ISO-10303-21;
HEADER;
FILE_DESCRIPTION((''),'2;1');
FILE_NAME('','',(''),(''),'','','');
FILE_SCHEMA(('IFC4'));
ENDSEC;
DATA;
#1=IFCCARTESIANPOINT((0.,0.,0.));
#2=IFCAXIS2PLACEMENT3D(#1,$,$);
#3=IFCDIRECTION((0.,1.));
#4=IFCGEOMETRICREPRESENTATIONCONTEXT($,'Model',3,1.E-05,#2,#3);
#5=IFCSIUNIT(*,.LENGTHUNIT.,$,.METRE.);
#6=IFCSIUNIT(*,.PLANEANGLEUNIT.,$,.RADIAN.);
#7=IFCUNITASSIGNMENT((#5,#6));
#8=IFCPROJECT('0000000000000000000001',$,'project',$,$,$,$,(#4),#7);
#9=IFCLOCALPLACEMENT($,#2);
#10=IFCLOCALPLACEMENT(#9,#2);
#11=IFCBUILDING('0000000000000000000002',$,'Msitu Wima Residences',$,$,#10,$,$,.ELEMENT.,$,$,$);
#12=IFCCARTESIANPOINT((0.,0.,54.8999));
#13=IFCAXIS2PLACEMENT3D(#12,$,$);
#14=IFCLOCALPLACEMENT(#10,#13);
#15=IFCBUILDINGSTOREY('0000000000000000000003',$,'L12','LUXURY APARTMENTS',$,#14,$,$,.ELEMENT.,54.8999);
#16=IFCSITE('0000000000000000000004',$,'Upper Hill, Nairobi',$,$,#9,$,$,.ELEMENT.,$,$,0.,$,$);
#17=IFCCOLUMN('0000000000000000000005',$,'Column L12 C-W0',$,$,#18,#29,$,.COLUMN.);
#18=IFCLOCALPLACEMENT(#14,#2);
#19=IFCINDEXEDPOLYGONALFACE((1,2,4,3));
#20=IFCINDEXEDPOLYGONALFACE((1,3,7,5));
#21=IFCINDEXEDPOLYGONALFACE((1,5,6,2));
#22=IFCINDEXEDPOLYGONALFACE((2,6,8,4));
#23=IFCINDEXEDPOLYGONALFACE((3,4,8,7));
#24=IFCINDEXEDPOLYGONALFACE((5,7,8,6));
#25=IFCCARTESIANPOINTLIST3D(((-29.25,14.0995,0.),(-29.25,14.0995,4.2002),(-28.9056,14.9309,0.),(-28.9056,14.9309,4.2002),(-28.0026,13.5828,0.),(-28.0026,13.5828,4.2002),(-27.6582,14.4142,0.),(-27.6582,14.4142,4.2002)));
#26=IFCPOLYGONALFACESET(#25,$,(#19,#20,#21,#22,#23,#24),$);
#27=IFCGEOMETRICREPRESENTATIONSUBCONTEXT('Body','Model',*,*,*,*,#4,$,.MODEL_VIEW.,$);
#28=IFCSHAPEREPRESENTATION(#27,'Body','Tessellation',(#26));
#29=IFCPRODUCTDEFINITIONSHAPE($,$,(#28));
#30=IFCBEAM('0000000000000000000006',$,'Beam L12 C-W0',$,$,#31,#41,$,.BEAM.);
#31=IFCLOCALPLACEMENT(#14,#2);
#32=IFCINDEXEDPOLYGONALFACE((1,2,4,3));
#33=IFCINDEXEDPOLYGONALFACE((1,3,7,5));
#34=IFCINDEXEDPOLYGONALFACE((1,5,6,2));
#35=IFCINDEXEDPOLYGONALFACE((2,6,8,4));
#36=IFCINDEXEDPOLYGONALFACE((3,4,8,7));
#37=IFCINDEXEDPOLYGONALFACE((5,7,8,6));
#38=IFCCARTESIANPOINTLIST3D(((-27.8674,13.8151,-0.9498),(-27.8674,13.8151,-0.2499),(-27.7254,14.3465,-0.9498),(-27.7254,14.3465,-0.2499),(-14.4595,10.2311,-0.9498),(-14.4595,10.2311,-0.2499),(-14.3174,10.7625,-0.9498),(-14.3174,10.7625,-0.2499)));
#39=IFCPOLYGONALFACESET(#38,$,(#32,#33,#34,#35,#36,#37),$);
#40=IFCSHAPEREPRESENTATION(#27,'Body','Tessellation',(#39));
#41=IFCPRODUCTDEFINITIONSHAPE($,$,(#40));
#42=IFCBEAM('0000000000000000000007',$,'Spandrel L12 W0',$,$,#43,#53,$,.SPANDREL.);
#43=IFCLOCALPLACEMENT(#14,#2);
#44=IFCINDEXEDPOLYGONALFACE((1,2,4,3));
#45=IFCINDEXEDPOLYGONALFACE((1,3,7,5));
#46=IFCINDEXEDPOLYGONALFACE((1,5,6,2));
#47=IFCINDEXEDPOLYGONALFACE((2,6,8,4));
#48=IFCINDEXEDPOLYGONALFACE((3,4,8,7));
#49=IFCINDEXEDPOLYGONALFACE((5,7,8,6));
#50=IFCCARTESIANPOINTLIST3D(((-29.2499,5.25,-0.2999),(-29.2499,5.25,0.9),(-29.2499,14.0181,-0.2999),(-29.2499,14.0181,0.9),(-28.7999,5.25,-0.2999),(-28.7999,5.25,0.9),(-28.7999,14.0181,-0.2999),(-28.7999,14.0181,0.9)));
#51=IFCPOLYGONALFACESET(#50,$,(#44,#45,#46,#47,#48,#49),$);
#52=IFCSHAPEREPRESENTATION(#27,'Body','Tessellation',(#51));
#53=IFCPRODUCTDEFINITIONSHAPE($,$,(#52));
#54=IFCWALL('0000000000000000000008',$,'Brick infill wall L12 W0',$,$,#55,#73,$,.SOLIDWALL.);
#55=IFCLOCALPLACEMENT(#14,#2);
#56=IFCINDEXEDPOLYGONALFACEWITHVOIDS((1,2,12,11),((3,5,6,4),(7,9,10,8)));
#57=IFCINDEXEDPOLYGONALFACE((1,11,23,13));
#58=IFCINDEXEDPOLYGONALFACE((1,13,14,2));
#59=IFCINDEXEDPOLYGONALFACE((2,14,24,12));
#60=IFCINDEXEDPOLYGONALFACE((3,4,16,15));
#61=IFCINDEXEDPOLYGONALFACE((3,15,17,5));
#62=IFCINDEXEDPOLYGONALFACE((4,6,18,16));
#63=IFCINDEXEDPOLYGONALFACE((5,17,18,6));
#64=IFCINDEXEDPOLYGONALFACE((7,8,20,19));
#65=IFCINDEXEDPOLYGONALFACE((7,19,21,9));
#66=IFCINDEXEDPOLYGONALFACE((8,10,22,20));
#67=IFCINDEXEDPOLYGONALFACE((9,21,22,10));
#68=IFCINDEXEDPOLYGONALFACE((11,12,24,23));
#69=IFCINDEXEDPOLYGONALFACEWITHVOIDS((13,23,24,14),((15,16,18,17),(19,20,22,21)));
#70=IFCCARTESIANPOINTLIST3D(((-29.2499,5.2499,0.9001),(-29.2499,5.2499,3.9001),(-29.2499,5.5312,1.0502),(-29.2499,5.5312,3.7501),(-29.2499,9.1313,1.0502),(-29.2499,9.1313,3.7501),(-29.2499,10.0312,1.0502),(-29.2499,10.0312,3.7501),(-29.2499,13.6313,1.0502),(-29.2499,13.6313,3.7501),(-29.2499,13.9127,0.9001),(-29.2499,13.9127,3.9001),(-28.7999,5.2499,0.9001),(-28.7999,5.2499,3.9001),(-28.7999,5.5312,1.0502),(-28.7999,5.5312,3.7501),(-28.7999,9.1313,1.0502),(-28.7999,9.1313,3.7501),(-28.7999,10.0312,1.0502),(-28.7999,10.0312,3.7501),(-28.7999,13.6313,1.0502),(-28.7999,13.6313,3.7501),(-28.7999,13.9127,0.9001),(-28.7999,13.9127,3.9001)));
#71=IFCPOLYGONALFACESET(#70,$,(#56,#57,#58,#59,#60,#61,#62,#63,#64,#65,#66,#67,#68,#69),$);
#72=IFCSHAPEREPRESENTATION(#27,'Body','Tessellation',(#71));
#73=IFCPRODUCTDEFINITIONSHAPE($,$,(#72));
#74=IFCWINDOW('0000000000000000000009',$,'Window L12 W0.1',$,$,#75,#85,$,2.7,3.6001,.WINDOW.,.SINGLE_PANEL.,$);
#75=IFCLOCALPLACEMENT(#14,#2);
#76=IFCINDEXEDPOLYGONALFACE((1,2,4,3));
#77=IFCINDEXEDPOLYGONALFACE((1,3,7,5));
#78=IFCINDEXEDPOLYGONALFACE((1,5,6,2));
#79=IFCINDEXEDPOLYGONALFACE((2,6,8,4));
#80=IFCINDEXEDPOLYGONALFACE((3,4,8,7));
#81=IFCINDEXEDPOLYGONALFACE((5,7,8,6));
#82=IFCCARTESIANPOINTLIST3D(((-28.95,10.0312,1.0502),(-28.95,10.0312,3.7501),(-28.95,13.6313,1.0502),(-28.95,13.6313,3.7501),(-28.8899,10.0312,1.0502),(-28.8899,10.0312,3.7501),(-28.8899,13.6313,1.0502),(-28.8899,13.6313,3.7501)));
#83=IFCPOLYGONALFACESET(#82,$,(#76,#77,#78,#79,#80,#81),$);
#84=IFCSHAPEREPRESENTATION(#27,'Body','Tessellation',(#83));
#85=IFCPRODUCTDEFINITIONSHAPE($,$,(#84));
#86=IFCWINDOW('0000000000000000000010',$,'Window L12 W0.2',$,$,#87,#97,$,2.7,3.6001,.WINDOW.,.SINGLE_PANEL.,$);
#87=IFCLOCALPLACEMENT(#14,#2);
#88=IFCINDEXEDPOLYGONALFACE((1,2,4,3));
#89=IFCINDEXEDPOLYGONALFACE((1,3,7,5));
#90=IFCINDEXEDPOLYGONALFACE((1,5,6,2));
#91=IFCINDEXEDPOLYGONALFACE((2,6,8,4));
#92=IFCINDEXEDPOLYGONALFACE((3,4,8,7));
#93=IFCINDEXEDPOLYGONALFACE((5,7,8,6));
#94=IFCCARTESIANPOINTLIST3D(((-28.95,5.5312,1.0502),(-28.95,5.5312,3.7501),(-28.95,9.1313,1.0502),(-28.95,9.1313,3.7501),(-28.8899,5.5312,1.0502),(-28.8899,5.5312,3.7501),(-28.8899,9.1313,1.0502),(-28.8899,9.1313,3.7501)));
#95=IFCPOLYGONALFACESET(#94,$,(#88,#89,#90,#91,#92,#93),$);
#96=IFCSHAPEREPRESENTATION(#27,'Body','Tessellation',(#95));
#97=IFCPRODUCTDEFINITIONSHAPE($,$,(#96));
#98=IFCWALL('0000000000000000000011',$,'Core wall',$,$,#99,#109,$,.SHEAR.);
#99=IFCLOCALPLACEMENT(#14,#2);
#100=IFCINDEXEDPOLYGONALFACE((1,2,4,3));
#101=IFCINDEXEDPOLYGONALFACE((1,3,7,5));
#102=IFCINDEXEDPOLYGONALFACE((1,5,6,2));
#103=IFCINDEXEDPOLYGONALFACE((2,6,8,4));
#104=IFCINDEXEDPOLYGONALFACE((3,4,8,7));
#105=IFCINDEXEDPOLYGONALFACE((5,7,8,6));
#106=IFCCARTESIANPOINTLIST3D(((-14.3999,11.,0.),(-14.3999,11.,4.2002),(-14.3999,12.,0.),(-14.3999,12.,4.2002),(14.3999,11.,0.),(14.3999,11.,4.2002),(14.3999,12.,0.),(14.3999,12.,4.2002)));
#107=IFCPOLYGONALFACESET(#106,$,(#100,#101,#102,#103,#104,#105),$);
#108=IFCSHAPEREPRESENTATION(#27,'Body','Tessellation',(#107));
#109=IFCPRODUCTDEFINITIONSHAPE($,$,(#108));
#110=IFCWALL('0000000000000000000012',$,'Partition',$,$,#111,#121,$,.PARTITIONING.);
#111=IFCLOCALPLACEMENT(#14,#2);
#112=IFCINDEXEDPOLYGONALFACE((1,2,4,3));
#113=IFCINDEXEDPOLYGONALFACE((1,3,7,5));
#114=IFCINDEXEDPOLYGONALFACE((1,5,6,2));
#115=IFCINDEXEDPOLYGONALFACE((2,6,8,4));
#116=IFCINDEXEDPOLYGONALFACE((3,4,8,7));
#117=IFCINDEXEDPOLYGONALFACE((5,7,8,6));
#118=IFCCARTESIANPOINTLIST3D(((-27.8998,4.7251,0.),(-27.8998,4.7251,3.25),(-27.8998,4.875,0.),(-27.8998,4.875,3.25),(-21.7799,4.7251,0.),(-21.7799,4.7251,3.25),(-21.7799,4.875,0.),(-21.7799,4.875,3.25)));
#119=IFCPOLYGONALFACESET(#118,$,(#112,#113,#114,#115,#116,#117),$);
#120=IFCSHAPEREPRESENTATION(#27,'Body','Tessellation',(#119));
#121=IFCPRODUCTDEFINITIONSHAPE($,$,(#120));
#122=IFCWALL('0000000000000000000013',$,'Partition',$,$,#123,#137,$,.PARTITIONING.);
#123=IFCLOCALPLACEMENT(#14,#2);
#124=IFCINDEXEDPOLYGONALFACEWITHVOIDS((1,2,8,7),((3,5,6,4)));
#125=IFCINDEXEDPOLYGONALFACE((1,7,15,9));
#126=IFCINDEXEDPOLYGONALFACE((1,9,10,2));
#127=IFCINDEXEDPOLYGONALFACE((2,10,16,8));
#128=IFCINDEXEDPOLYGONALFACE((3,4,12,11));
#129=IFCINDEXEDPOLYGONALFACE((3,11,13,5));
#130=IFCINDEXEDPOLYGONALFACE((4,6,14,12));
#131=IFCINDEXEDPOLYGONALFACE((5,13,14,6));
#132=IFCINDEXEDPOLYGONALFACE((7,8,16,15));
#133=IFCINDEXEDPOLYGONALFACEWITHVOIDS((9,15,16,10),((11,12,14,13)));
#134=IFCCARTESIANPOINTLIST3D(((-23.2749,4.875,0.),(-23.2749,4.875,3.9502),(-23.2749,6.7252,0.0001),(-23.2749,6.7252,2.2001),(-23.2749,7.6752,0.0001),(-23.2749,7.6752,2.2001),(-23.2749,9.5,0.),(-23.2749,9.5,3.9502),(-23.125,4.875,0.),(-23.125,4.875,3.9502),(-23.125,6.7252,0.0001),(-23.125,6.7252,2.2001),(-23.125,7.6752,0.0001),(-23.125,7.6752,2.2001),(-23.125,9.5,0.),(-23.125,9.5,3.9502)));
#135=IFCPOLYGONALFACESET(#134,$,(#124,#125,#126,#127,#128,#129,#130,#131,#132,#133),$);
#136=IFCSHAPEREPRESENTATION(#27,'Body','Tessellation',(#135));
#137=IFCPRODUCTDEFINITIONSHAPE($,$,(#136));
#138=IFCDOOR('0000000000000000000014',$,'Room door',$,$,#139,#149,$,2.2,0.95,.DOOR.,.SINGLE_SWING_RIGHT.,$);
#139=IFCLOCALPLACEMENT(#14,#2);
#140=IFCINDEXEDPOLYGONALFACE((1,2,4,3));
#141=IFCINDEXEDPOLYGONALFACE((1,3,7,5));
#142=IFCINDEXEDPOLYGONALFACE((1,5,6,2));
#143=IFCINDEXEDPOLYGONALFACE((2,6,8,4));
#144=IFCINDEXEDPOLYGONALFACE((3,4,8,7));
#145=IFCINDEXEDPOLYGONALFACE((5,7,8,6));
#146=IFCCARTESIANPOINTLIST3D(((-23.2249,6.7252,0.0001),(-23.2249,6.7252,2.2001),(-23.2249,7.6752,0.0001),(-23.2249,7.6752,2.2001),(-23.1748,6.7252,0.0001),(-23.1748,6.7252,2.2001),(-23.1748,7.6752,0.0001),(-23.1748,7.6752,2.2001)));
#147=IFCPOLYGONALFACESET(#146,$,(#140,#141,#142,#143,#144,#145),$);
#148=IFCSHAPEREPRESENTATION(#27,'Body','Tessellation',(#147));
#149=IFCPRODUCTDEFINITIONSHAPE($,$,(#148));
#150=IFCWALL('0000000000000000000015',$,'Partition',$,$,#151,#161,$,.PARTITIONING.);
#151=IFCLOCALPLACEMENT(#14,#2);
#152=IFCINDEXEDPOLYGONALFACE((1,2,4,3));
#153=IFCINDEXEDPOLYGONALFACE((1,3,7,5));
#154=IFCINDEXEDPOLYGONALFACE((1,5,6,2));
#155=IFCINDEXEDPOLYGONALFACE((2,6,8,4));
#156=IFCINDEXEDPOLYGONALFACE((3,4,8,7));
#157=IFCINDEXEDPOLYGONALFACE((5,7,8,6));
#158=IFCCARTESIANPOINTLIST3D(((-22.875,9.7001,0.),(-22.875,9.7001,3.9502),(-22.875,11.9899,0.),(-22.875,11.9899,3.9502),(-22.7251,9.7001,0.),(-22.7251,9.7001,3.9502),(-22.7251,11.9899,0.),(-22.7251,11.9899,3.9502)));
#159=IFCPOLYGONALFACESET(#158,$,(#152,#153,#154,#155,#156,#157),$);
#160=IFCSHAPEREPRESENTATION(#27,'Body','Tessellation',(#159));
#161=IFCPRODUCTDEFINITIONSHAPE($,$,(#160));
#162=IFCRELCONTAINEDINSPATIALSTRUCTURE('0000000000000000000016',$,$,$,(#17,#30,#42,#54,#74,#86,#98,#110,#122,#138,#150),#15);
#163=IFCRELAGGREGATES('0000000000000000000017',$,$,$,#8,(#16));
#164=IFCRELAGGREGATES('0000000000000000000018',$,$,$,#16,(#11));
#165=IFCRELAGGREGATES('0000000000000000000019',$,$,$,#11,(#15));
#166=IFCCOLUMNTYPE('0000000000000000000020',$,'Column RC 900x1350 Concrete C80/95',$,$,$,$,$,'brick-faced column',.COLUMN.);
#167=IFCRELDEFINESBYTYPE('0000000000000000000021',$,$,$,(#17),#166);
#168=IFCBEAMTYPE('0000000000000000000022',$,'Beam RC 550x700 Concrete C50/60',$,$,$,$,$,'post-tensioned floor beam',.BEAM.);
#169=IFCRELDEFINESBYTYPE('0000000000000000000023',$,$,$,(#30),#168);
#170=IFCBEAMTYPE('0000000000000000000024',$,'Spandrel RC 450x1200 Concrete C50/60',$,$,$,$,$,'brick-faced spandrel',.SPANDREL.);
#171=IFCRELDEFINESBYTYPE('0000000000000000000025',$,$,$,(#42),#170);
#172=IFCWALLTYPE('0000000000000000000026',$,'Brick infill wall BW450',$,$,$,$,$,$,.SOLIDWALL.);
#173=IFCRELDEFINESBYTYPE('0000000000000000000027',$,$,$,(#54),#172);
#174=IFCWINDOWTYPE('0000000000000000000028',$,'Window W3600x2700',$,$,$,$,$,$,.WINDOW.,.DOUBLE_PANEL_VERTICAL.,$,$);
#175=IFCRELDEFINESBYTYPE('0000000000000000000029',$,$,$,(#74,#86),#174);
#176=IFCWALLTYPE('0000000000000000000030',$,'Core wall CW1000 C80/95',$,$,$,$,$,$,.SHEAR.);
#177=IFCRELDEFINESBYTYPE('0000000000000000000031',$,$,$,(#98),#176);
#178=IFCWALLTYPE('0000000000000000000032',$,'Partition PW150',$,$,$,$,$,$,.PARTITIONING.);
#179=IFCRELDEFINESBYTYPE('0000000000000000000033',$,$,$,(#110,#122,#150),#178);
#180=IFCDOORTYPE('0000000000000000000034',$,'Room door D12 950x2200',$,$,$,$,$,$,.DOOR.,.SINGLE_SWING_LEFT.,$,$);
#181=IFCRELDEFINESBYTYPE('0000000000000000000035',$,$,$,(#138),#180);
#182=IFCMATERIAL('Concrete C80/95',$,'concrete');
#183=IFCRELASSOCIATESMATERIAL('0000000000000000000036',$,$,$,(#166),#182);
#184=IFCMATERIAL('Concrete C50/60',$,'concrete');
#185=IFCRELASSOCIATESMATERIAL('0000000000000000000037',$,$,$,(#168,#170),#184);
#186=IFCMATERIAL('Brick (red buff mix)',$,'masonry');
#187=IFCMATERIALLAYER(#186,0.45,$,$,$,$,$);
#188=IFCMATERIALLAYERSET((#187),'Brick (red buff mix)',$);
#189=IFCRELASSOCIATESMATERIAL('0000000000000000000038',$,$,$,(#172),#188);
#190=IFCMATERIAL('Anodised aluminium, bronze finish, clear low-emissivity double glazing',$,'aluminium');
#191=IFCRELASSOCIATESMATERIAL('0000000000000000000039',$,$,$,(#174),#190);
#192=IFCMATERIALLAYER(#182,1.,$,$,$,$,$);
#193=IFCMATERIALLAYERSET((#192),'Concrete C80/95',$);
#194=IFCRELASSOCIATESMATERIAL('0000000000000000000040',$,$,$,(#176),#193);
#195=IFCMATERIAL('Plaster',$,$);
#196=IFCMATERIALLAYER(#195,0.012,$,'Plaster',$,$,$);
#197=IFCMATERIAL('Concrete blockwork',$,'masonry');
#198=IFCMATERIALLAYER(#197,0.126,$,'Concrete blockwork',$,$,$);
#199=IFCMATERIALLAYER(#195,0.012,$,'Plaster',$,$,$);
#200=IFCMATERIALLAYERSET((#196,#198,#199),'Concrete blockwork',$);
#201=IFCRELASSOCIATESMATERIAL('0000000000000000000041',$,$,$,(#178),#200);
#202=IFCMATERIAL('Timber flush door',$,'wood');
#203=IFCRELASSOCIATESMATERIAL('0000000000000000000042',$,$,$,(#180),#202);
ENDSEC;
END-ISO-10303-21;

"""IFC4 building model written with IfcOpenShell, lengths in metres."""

from ifc_helpers import new_model, si_unit, direction, frame, frame_2d, origin, origin_2d, place, context, subcontext, project, spatial, rectangle, extrude, material, layer, layer_set, material_profile, profile_set, type_object, element, fill, save


model = new_model("IFC4")

# Units and contexts
model_context = context("Model", 3, precision=1e-05, world=origin(), true_north=direction((0.0, 1.0)))
body_context = subcontext(model_context, "Body", "Model", "MODEL_VIEW")
ifc_project = project(units=[si_unit("LENGTHUNIT", "METRE"), si_unit("PLANEANGLEUNIT", "RADIAN")], contexts=[model_context])

# Site, building, storey
site_placement = place(None, origin())
site = spatial("IfcSite", under=ifc_project, at=site_placement, Name="Upper Hill, Nairobi", CompositionType="ELEMENT", RefElevation=0.0)
building_placement = place(site_placement, origin())
building = spatial("IfcBuilding", under=site, at=building_placement, Name="Msitu Wima Residences", CompositionType="ELEMENT")
storey_placement = place(building_placement, frame((0.0, 0.0, 54.8999)))
storey = spatial("IfcBuildingStorey", under=building, at=storey_placement, Name="L12", Description="LUXURY APARTMENTS", CompositionType="ELEMENT", Elevation=54.8999)

# Column
ifc_material_1 = material(Name="Concrete C80/95", Category="concrete")
ifc_material_profile_1 = material_profile(ifc_material_1, rectangle(XDim=0.8999, YDim=1.3501, at=origin_2d()), Name="RC 900x1350")
ifc_profile_set_1 = profile_set([ifc_material_profile_1], Name="Concrete C80/95")
column_type = type_object("IfcColumnType", Name="Column RC 900x1350 Concrete C80/95", ElementType="brick-faced column", PredefinedType="COLUMN", material=ifc_profile_set_1)
column_placement = place(storey_placement, frame((-28.4541, 14.2568, 0.0), z_axis=(0.0, 0.0, 1.0), x_axis=(-0.382683, -0.92388, 0.0)))
element("IfcColumn", 1, at=column_placement, inside=storey, type_object=column_type, Name="Column L12 C-W0", PredefinedType="COLUMN", context=body_context, shape_type="SweptSolid", body=[
    extrude(rectangle(XDim=0.8999, YDim=1.3501, at=origin_2d()), origin(), (0.0, 0.0, 1.0), 4.2002),
])

# Beams
ifc_material_2 = material(Name="Concrete C50/60", Category="concrete")
ifc_material_profile_2 = material_profile(ifc_material_2, rectangle(XDim=0.55, YDim=0.7, at=origin_2d()), Name="RC 550x700")
ifc_profile_set_2 = profile_set([ifc_material_profile_2], Name="Concrete C50/60")
beam_type_1 = type_object("IfcBeamType", Name="Beam RC 550x700 Concrete C50/60", ElementType="post-tensioned floor beam", PredefinedType="BEAM", material=ifc_profile_set_2)
beam_1_placement = place(storey_placement, frame((-27.7964, 14.0808, -0.5999), z_axis=(0.966082, -0.258236, 0.0), x_axis=(0.258236, 0.966082, 0.0)))
element("IfcBeam", 2, at=beam_1_placement, inside=storey, type_object=beam_type_1, Name="Beam L12 C-W0", PredefinedType="BEAM", context=body_context, shape_type="SweptSolid", body=[
    extrude(rectangle(XDim=0.55, YDim=0.7, at=origin_2d()), origin(), (0.0, 0.0, 1.0), 13.8787),
])
ifc_material_profile_3 = material_profile(ifc_material_2, rectangle(XDim=0.45, YDim=1.2, at=origin_2d()), Name="RC 450x1200")
ifc_profile_set_3 = profile_set([ifc_material_profile_3], Name="Concrete C50/60")
beam_type_2 = type_object("IfcBeamType", Name="Spandrel RC 450x1200 Concrete C50/60", ElementType="brick-faced spandrel", PredefinedType="SPANDREL", material=ifc_profile_set_3)
beam_2_placement = place(storey_placement, frame((-29.0249, 14.0181, 0.3), z_axis=(0.0, -1.0, 0.0), x_axis=(1.0, 0.0, 0.0)))
element("IfcBeam", 3, at=beam_2_placement, inside=storey, type_object=beam_type_2, Name="Spandrel L12 W0", PredefinedType="SPANDREL", context=body_context, shape_type="SweptSolid", body=[
    extrude(rectangle(XDim=0.45, YDim=1.2, at=origin_2d()), origin(), (0.0, 0.0, 1.0), 8.7681),
])

# Wall, openings, windows
ifc_material_3 = material(Name="Brick (red buff mix)", Category="masonry")
ifc_layer_1 = layer(ifc_material_3, 0.45)
ifc_layer_set_1 = layer_set([ifc_layer_1], Name="Brick (red buff mix)")
wall_type_1 = type_object("IfcWallType", Name="Brick infill wall BW450", PredefinedType="SOLIDWALL", material=ifc_layer_set_1)
wall_1_placement = place(storey_placement, frame((-29.0249, 13.9128, 0.9001), z_axis=(0.0, 0.0, 1.0), x_axis=(0.0, -1.0, 0.0)))
wall_1 = element("IfcWall", 4, at=wall_1_placement, inside=storey, type_object=wall_type_1, Name="Brick infill wall L12 W0", PredefinedType="SOLIDWALL", context=body_context, shape_type="SweptSolid", body=[
    extrude(rectangle(XDim=8.6628, YDim=0.45, at=frame_2d((4.3315, 0.0))), origin(), (0.0, 0.0, 1.0), 3.0),
])
opening_1_placement = place(wall_1_placement, frame((0.2815, 0.0, 0.1499)))
opening_1 = element("IfcOpeningElement", 5, at=opening_1_placement, cuts=wall_1, PredefinedType="OPENING", context=body_context, shape_type="SweptSolid", body=[
    extrude(rectangle(XDim=3.6001, YDim=2.7, at=frame_2d((1.8, 1.3501))), frame((0.0, 0.2349, 0.0), z_axis=(0.0, -1.0, 0.0), x_axis=(1.0, 0.0, 0.0)), (0.0, 0.0, 1.0), 0.47),
])
opening_2_placement = place(wall_1_placement, frame((4.7815, 0.0, 0.1499)))
opening_2 = element("IfcOpeningElement", 6, at=opening_2_placement, cuts=wall_1, PredefinedType="OPENING", context=body_context, shape_type="SweptSolid", body=[
    extrude(rectangle(XDim=3.6001, YDim=2.7, at=frame_2d((1.8, 1.3501))), frame((0.0, 0.2349, 0.0), z_axis=(0.0, -1.0, 0.0), x_axis=(1.0, 0.0, 0.0)), (0.0, 0.0, 1.0), 0.47),
])
ifc_material_4 = material(Name="Anodised aluminium, bronze finish, clear low-emissivity double glazing", Category="aluminium")
window_type = type_object("IfcWindowType", Name="Window W3600x2700", PartitioningType="DOUBLE_PANEL_VERTICAL", PredefinedType="WINDOW", material=ifc_material_4)
window_1_placement = place(opening_1_placement, origin())
window_1 = element("IfcWindow", 7, at=window_1_placement, inside=storey, type_object=window_type, Name="Window L12 W0.1", OverallHeight=2.7, OverallWidth=3.6001, PartitioningType="SINGLE_PANEL", PredefinedType="WINDOW", context=body_context, shape_type="SweptSolid", body=[
    extrude(rectangle(XDim=3.6001, YDim=2.7, at=frame_2d((1.8, 1.3501))), frame((0.0, 0.135, 0.0), z_axis=(0.0, -1.0, 0.0), x_axis=(1.0, 0.0, 0.0)), (0.0, 0.0, 1.0), 0.0601),
])
fill(opening_1, window_1)
window_2_placement = place(opening_2_placement, origin())
window_2 = element("IfcWindow", 8, at=window_2_placement, inside=storey, type_object=window_type, Name="Window L12 W0.2", OverallHeight=2.7, OverallWidth=3.6001, PartitioningType="SINGLE_PANEL", PredefinedType="WINDOW", context=body_context, shape_type="SweptSolid", body=[
    extrude(rectangle(XDim=3.6001, YDim=2.7, at=frame_2d((1.8, 1.3501))), frame((0.0, 0.135, 0.0), z_axis=(0.0, -1.0, 0.0), x_axis=(1.0, 0.0, 0.0)), (0.0, 0.0, 1.0), 0.0601),
])
fill(opening_2, window_2)

# Walls
ifc_layer_2 = layer(ifc_material_1, 1.0)
ifc_layer_set_2 = layer_set([ifc_layer_2], Name="Concrete C80/95")
wall_type_2 = type_object("IfcWallType", Name="Core wall CW1000 C80/95", PredefinedType="SHEAR", material=ifc_layer_set_2)
wall_2_placement = place(storey_placement, frame((-14.3999, 11.5, 0.0), z_axis=(0.0, 0.0, 1.0), x_axis=(1.0, 0.0, 0.0)))
element("IfcWall", 9, at=wall_2_placement, inside=storey, type_object=wall_type_2, Name="Core wall", PredefinedType="SHEAR", context=body_context, shape_type="SweptSolid", body=[
    extrude(rectangle(XDim=28.7998, YDim=1.0, at=frame_2d((14.3999, 0.0))), origin(), (0.0, 0.0, 1.0), 4.2002),
])
ifc_material_5 = material(Name="Plaster")
ifc_layer_3 = layer(ifc_material_5, 0.012, Name="Plaster")
ifc_material_6 = material(Name="Concrete blockwork", Category="masonry")
ifc_layer_4 = layer(ifc_material_6, 0.126, Name="Concrete blockwork")
ifc_layer_5 = layer(ifc_material_5, 0.012, Name="Plaster")
ifc_layer_set_3 = layer_set([ifc_layer_3, ifc_layer_4, ifc_layer_5], Name="Concrete blockwork")
wall_type_3 = type_object("IfcWallType", Name="Partition PW150", PredefinedType="PARTITIONING", material=ifc_layer_set_3)
wall_3_placement = place(storey_placement, frame((-27.8999, 4.8, 0.0), z_axis=(0.0, 0.0, 1.0), x_axis=(1.0, 0.0, 0.0)))
element("IfcWall", 10, at=wall_3_placement, inside=storey, type_object=wall_type_3, Name="Partition", PredefinedType="PARTITIONING", context=body_context, shape_type="SweptSolid", body=[
    extrude(rectangle(XDim=6.1199, YDim=0.1499, at=frame_2d((3.0601, 0.0))), origin(), (0.0, 0.0, 1.0), 3.25),
])

# Wall, opening, door
wall_4_placement = place(storey_placement, frame((-23.2, 4.875, 0.0), z_axis=(0.0, 0.0, 1.0), x_axis=(0.0, 1.0, 0.0)))
wall_4 = element("IfcWall", 11, at=wall_4_placement, inside=storey, type_object=wall_type_3, Name="Partition", PredefinedType="PARTITIONING", context=body_context, shape_type="SweptSolid", body=[
    extrude(rectangle(XDim=4.625, YDim=0.1499, at=frame_2d((2.3125, 0.0))), origin(), (0.0, 0.0, 1.0), 3.9502),
])
opening_3_placement = place(wall_4_placement, frame((1.8501, 0.0, 0.0)))
opening_3 = element("IfcOpeningElement", 12, at=opening_3_placement, cuts=wall_4, PredefinedType="OPENING", context=body_context, shape_type="SweptSolid", body=[
    extrude(rectangle(XDim=0.95, YDim=2.2, at=frame_2d((0.4751, 1.1001))), frame((0.0, 0.085, 0.0), z_axis=(0.0, -1.0, 0.0), x_axis=(1.0, 0.0, 0.0)), (0.0, 0.0, 1.0), 0.1699),
])
ifc_material_7 = material(Name="Timber flush door", Category="wood")
door_type_1 = type_object("IfcDoorType", Name="Room door D12 950x2200", OperationType="SINGLE_SWING_LEFT", PredefinedType="DOOR", material=ifc_material_7)
door_1_placement = place(opening_3_placement, origin())
door_1 = element("IfcDoor", 13, at=door_1_placement, inside=storey, type_object=door_type_1, Name="Room door", OperationType="SINGLE_SWING_RIGHT", OverallHeight=2.2, OverallWidth=0.95, PredefinedType="DOOR", context=body_context, shape_type="SweptSolid", body=[
    extrude(rectangle(XDim=0.95, YDim=2.2, at=frame_2d((0.4751, 1.1001))), frame((0.0, 0.0249, 0.0), z_axis=(0.0, -1.0, 0.0), x_axis=(1.0, 0.0, 0.0)), (0.0, 0.0, 1.0), 0.05),
])
fill(opening_3, door_1)

# Wall
wall_5_placement = place(storey_placement, frame((-22.8, 9.7, 0.0), z_axis=(0.0, 0.0, 1.0), x_axis=(0.0, 1.0, 0.0)))
element("IfcWall", 14, at=wall_5_placement, inside=storey, type_object=wall_type_3, Name="Partition", PredefinedType="PARTITIONING", context=body_context, shape_type="SweptSolid", body=[
    extrude(rectangle(XDim=2.2898, YDim=0.1499, at=frame_2d((1.145, 0.0))), origin(), (0.0, 0.0, 1.0), 3.9502),
])

save(model, "model.ifc")
